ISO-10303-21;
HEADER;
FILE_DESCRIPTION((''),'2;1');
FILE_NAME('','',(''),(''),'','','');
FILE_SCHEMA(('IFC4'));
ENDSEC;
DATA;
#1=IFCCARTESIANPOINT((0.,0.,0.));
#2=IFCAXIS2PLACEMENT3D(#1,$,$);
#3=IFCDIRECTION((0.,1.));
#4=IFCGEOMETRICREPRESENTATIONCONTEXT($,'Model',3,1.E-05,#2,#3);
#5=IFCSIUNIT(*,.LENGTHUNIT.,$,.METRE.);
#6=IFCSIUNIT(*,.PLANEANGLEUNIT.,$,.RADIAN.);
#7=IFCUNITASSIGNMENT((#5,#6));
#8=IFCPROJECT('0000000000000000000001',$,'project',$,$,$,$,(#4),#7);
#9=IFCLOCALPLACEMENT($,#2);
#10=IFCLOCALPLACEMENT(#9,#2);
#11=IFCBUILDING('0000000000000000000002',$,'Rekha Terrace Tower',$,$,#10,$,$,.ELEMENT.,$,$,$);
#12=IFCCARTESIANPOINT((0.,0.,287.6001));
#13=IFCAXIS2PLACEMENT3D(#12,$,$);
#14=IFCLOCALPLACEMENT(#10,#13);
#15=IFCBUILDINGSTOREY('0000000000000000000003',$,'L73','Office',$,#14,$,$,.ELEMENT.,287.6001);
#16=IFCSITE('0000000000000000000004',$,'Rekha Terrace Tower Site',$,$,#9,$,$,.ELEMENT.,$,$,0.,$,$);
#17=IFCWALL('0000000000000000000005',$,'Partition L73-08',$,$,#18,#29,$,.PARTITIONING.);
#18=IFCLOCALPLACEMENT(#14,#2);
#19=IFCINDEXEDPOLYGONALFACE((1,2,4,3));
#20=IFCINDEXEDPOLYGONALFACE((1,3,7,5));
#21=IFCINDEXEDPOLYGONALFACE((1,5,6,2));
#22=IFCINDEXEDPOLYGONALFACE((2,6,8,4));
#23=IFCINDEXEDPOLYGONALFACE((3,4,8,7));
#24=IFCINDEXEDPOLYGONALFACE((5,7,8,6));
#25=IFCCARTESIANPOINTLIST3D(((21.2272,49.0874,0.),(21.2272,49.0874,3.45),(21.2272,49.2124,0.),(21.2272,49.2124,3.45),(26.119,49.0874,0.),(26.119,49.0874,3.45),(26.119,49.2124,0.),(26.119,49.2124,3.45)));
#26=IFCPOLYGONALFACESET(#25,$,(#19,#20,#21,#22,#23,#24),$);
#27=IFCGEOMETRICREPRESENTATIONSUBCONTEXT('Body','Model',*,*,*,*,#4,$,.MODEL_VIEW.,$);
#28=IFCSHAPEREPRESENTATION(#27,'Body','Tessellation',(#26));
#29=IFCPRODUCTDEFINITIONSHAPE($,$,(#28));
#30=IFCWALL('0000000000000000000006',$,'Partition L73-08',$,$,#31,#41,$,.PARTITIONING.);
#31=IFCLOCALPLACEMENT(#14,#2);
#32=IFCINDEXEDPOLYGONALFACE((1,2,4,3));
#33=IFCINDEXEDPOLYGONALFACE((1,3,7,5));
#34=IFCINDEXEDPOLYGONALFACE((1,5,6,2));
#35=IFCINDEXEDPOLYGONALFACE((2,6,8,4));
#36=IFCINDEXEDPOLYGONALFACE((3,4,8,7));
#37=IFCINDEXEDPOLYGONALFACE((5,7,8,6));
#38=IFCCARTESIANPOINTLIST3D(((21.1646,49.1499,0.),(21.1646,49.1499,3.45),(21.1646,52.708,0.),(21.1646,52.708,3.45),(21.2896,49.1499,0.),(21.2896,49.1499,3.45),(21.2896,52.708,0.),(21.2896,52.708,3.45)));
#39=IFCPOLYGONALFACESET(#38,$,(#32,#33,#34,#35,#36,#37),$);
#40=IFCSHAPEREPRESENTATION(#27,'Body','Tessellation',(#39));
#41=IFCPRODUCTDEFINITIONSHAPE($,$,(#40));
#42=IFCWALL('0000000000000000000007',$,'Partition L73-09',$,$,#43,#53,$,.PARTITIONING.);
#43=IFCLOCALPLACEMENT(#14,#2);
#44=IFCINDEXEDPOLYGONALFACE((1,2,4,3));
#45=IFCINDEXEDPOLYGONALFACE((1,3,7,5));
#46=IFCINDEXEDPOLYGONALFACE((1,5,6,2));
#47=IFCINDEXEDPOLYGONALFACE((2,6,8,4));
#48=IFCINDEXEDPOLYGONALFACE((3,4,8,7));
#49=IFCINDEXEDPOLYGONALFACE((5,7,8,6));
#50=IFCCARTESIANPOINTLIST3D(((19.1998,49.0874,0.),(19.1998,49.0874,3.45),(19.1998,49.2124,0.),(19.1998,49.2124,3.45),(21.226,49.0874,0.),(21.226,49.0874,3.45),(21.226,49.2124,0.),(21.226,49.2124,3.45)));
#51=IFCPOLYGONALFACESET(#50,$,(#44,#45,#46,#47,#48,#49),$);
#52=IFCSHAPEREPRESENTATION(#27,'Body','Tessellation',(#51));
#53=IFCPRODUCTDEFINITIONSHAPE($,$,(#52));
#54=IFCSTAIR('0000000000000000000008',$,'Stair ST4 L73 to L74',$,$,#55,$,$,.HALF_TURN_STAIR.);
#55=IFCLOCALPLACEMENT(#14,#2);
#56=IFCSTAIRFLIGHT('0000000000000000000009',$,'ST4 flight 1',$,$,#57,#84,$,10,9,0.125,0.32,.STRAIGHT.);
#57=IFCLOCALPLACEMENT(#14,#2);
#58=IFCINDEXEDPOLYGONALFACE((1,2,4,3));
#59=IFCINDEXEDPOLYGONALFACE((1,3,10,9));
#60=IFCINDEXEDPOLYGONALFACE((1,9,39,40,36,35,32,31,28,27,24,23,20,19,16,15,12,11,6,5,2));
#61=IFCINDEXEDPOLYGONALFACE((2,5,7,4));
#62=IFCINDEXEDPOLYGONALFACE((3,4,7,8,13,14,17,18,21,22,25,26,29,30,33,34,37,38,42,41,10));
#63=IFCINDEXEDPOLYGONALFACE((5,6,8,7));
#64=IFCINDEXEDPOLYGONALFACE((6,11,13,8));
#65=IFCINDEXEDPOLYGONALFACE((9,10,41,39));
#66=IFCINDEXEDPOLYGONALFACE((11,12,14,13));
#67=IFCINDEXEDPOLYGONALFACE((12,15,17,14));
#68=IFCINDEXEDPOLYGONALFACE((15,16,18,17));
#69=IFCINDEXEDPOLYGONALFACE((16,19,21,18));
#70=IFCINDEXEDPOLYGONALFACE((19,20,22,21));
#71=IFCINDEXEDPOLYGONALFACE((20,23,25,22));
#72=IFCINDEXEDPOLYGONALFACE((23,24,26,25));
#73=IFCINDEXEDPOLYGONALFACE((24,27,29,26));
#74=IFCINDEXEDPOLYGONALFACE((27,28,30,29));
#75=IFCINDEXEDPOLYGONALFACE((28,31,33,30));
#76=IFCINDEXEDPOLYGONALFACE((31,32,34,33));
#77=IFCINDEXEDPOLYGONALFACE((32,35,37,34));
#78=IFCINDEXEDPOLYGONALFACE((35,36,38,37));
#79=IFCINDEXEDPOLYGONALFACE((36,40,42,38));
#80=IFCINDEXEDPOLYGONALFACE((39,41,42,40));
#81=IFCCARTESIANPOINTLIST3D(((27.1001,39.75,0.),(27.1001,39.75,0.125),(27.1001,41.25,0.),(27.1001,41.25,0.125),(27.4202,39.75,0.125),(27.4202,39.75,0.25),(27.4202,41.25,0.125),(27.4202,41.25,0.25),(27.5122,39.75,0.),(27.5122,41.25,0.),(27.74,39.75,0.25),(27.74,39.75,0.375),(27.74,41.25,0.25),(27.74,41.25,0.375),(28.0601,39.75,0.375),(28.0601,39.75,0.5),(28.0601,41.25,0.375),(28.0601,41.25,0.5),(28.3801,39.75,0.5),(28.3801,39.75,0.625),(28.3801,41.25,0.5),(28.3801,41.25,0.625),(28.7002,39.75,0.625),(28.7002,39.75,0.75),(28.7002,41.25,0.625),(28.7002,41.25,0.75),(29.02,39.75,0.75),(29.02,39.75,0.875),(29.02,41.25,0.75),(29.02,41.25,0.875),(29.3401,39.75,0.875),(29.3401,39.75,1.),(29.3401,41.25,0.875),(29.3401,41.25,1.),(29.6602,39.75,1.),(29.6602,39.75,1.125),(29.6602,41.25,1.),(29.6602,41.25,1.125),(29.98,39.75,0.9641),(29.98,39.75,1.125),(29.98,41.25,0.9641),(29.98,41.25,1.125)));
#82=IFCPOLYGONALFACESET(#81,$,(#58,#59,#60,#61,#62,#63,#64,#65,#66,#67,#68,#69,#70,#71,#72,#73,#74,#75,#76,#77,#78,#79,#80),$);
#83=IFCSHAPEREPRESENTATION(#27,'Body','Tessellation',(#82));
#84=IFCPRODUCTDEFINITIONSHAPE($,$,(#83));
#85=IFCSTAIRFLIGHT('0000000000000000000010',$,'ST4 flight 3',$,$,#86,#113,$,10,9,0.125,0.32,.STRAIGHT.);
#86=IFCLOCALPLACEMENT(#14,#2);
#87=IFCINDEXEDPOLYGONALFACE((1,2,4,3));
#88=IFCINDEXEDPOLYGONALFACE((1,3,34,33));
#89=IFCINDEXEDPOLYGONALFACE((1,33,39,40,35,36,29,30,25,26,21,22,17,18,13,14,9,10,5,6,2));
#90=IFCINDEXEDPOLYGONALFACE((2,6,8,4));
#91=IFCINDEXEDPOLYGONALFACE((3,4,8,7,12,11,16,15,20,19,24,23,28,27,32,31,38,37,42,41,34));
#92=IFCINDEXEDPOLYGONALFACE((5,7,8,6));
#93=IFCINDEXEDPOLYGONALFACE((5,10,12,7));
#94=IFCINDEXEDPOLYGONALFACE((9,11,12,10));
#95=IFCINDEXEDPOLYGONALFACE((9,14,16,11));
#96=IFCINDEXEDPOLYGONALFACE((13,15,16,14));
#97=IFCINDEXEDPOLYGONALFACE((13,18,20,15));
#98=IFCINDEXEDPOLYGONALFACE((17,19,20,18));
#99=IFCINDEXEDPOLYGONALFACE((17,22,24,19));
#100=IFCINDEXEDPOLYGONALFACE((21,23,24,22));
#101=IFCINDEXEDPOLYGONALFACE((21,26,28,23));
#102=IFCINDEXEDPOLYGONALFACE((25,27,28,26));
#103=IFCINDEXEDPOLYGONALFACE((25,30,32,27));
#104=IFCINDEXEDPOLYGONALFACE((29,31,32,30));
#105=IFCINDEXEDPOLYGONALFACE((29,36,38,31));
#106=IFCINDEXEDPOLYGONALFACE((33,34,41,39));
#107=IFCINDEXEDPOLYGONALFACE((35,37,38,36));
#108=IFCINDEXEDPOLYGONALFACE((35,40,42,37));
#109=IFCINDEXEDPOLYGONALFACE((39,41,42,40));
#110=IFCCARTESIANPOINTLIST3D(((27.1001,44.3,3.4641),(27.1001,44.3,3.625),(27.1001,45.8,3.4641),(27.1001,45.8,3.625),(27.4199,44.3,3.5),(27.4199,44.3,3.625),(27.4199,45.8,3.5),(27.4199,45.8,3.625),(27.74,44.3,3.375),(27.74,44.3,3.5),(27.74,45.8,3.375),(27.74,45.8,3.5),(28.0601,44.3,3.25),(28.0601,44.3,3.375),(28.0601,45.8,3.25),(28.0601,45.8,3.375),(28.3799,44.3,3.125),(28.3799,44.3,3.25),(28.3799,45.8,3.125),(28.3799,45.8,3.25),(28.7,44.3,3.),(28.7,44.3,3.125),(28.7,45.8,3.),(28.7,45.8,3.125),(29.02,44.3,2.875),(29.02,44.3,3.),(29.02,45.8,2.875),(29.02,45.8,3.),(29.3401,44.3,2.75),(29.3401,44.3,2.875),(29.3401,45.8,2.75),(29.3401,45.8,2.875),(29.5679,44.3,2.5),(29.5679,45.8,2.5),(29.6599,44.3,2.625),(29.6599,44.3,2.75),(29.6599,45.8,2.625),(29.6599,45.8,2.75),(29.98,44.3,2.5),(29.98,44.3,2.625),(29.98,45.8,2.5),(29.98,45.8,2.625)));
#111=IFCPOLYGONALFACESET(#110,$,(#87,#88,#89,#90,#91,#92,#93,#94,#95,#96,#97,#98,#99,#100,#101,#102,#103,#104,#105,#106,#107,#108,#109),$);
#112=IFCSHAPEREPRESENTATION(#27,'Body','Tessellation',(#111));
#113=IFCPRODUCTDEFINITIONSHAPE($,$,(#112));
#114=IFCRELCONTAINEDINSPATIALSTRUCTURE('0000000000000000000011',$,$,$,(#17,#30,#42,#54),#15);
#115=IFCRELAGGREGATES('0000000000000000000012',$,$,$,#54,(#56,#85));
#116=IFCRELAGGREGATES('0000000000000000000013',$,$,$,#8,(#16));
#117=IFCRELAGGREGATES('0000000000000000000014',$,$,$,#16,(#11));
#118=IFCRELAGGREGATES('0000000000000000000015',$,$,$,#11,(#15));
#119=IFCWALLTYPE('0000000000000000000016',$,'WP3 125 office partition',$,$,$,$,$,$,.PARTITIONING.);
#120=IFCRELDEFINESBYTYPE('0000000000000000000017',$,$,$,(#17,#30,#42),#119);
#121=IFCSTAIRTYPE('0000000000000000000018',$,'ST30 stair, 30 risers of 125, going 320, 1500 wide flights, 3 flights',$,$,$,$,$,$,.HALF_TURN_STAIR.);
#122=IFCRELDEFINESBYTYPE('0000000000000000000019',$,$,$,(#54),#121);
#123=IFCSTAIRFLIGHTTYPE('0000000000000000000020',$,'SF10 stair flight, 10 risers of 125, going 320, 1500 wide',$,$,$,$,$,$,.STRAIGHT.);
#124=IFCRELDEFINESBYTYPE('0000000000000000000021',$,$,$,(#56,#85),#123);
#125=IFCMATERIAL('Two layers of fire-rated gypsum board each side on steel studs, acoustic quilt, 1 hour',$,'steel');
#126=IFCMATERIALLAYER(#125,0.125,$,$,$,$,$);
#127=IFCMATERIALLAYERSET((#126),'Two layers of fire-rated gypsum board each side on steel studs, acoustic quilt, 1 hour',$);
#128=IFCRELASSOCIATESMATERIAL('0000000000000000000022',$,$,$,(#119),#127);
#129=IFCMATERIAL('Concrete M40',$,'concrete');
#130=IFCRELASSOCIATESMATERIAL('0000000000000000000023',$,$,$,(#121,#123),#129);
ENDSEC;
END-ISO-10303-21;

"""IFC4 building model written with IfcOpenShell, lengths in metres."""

from ifc_helpers import new_model, si_unit, direction, frame, frame_2d, origin, place, context, subcontext, project, spatial, polyline, rectangle, outline, extrude, material, layer, layer_set, type_object, element, aggregate, save


model = new_model("IFC4")

# Units and contexts
model_context = context("Model", 3, precision=1e-05, world=origin(), true_north=direction((0.0, 1.0)))
body_context = subcontext(model_context, "Body", "Model", "MODEL_VIEW")
ifc_project = project(units=[si_unit("LENGTHUNIT", "METRE"), si_unit("PLANEANGLEUNIT", "RADIAN")], contexts=[model_context])

# Site, building, storey
site_placement = place(None, origin())
site = spatial("IfcSite", under=ifc_project, at=site_placement, Name="Rekha Terrace Tower Site", CompositionType="ELEMENT", RefElevation=0.0)
building_placement = place(site_placement, origin())
building = spatial("IfcBuilding", under=site, at=building_placement, Name="Rekha Terrace Tower", CompositionType="ELEMENT")
storey_placement = place(building_placement, frame((0.0, 0.0, 287.6001)))
storey = spatial("IfcBuildingStorey", under=building, at=storey_placement, Name="L73", Description="Office", CompositionType="ELEMENT", Elevation=287.6001)

# Shared definitions
ifc_material_1 = material(Name="Two layers of fire-rated gypsum board each side on steel studs, acoustic quilt, 1 hour", Category="steel")
ifc_layer_1 = layer(ifc_material_1, 0.125)
ifc_layer_set_1 = layer_set([ifc_layer_1], Name="Two layers of fire-rated gypsum board each side on steel studs, acoustic quilt, 1 hour")
wall_type_1 = type_object("IfcWallType", Name="WP3 125 office partition", PredefinedType="PARTITIONING", material=ifc_layer_set_1)

# Walls
wall_1_placement = place(storey_placement, frame((26.1189, 49.1499, 0.0), z_axis=(0.0, 0.0, 1.0), x_axis=(-1.0, 0.0, 0.0)))
element("IfcWall", 1, at=wall_1_placement, inside=storey, type_object=wall_type_1, Name="Partition L73-08", PredefinedType="PARTITIONING", context=body_context, shape_type="SweptSolid", body=[
    extrude(rectangle(XDim=4.8918, YDim=0.125, at=frame_2d((2.4458, 0.0))), origin(), (0.0, 0.0, 1.0), 3.45),
])
wall_2_placement = place(storey_placement, frame((21.2271, 49.1499, 0.0), z_axis=(0.0, 0.0, 1.0), x_axis=(0.0, 1.0, 0.0)))
element("IfcWall", 2, at=wall_2_placement, inside=storey, type_object=wall_type_1, Name="Partition L73-08", PredefinedType="PARTITIONING", context=body_context, shape_type="SweptSolid", body=[
    extrude(rectangle(XDim=3.5581, YDim=0.125, at=frame_2d((1.7791, 0.0))), origin(), (0.0, 0.0, 1.0), 3.45),
])
wall_3_placement = place(storey_placement, frame((21.2261, 49.1499, 0.0), z_axis=(0.0, 0.0, 1.0), x_axis=(-1.0, 0.0, 0.0)))
element("IfcWall", 3, at=wall_3_placement, inside=storey, type_object=wall_type_1, Name="Partition L73-09", PredefinedType="PARTITIONING", context=body_context, shape_type="SweptSolid", body=[
    extrude(rectangle(XDim=2.0261, YDim=0.125, at=frame_2d((1.0132, 0.0))), origin(), (0.0, 0.0, 1.0), 3.45),
])

# Stair, stair flights
ifc_material_2 = material(Name="Concrete M40", Category="concrete")
stair_type = type_object("IfcStairType", Name="ST30 stair, 30 risers of 125, going 320, 1500 wide flights, 3 flights", PredefinedType="HALF_TURN_STAIR", material=ifc_material_2)
stair_placement = place(storey_placement, origin())
stair = element("IfcStair", 4, at=stair_placement, inside=storey, type_object=stair_type, Name="Stair ST4 L73 to L74", PredefinedType="HALF_TURN_STAIR")
stair_flight_type = type_object("IfcStairFlightType", Name="SF10 stair flight, 10 risers of 125, going 320, 1500 wide", PredefinedType="STRAIGHT", material=ifc_material_2)
stair_flight_1_placement = place(storey_placement, frame((27.1001, 40.5, 0.0), z_axis=(0.0, 0.0, 1.0), x_axis=(1.0, 0.0, 0.0)))
stair_flight_1 = element("IfcStairFlight", 5, at=stair_flight_1_placement, type_object=stair_flight_type, Name="ST4 flight 1", NumberOfRisers=10, NumberOfTreads=9, PredefinedType="STRAIGHT", RiserHeight=0.125, TreadLength=0.32, context=body_context, shape_type="SweptSolid", body=[
    extrude(outline(polyline([(0.0, 0.0), (0.0, 0.125), (0.3201, 0.125), (0.3201, 0.25), (0.6399, 0.25), (0.6399, 0.375), (0.96, 0.375), (0.96, 0.5), (1.28, 0.5), (1.28, 0.625), (1.6001, 0.625), (1.6001, 0.75), (1.9199, 0.75), (1.9199, 0.875), (2.24, 0.875), (2.24, 1.0), (2.5601, 1.0), (2.5601, 1.125), (2.8799, 1.125), (2.8799, 1.25), (2.8799, 0.9641), (0.4121, 0.0), (0.0, 0.0)])), frame((0.0, 0.75, 0.0), z_axis=(0.0, -1.0, 0.0), x_axis=(1.0, 0.0, 0.0)), (0.0, 0.0, 1.0), 1.5),
])
stair_flight_2_placement = place(storey_placement, frame((29.98, 45.05, 2.5), z_axis=(0.0, 0.0, 1.0), x_axis=(-1.0, 0.0, 0.0)))
stair_flight_2 = element("IfcStairFlight", 6, at=stair_flight_2_placement, type_object=stair_flight_type, Name="ST4 flight 3", NumberOfRisers=10, NumberOfTreads=9, PredefinedType="STRAIGHT", RiserHeight=0.125, TreadLength=0.32, context=body_context, shape_type="SweptSolid", body=[
    extrude(outline(polyline([(0.0, 0.0), (0.0, 0.125), (0.3201, 0.125), (0.3201, 0.25), (0.6399, 0.25), (0.6399, 0.375), (0.96, 0.375), (0.96, 0.5), (1.28, 0.5), (1.28, 0.625), (1.6001, 0.625), (1.6001, 0.75), (1.9199, 0.75), (1.9199, 0.875), (2.24, 0.875), (2.24, 1.0), (2.5601, 1.0), (2.5601, 1.125), (2.8799, 1.125), (2.8799, 1.25), (2.8799, 0.9641), (0.4121, 0.0), (0.0, 0.0)])), frame((0.0, 0.75, 0.0), z_axis=(0.0, -1.0, 0.0), x_axis=(1.0, 0.0, 0.0)), (0.0, 0.0, 1.0), 1.5),
])
aggregate(stair, [stair_flight_1, stair_flight_2])

save(model, "model.ifc")
